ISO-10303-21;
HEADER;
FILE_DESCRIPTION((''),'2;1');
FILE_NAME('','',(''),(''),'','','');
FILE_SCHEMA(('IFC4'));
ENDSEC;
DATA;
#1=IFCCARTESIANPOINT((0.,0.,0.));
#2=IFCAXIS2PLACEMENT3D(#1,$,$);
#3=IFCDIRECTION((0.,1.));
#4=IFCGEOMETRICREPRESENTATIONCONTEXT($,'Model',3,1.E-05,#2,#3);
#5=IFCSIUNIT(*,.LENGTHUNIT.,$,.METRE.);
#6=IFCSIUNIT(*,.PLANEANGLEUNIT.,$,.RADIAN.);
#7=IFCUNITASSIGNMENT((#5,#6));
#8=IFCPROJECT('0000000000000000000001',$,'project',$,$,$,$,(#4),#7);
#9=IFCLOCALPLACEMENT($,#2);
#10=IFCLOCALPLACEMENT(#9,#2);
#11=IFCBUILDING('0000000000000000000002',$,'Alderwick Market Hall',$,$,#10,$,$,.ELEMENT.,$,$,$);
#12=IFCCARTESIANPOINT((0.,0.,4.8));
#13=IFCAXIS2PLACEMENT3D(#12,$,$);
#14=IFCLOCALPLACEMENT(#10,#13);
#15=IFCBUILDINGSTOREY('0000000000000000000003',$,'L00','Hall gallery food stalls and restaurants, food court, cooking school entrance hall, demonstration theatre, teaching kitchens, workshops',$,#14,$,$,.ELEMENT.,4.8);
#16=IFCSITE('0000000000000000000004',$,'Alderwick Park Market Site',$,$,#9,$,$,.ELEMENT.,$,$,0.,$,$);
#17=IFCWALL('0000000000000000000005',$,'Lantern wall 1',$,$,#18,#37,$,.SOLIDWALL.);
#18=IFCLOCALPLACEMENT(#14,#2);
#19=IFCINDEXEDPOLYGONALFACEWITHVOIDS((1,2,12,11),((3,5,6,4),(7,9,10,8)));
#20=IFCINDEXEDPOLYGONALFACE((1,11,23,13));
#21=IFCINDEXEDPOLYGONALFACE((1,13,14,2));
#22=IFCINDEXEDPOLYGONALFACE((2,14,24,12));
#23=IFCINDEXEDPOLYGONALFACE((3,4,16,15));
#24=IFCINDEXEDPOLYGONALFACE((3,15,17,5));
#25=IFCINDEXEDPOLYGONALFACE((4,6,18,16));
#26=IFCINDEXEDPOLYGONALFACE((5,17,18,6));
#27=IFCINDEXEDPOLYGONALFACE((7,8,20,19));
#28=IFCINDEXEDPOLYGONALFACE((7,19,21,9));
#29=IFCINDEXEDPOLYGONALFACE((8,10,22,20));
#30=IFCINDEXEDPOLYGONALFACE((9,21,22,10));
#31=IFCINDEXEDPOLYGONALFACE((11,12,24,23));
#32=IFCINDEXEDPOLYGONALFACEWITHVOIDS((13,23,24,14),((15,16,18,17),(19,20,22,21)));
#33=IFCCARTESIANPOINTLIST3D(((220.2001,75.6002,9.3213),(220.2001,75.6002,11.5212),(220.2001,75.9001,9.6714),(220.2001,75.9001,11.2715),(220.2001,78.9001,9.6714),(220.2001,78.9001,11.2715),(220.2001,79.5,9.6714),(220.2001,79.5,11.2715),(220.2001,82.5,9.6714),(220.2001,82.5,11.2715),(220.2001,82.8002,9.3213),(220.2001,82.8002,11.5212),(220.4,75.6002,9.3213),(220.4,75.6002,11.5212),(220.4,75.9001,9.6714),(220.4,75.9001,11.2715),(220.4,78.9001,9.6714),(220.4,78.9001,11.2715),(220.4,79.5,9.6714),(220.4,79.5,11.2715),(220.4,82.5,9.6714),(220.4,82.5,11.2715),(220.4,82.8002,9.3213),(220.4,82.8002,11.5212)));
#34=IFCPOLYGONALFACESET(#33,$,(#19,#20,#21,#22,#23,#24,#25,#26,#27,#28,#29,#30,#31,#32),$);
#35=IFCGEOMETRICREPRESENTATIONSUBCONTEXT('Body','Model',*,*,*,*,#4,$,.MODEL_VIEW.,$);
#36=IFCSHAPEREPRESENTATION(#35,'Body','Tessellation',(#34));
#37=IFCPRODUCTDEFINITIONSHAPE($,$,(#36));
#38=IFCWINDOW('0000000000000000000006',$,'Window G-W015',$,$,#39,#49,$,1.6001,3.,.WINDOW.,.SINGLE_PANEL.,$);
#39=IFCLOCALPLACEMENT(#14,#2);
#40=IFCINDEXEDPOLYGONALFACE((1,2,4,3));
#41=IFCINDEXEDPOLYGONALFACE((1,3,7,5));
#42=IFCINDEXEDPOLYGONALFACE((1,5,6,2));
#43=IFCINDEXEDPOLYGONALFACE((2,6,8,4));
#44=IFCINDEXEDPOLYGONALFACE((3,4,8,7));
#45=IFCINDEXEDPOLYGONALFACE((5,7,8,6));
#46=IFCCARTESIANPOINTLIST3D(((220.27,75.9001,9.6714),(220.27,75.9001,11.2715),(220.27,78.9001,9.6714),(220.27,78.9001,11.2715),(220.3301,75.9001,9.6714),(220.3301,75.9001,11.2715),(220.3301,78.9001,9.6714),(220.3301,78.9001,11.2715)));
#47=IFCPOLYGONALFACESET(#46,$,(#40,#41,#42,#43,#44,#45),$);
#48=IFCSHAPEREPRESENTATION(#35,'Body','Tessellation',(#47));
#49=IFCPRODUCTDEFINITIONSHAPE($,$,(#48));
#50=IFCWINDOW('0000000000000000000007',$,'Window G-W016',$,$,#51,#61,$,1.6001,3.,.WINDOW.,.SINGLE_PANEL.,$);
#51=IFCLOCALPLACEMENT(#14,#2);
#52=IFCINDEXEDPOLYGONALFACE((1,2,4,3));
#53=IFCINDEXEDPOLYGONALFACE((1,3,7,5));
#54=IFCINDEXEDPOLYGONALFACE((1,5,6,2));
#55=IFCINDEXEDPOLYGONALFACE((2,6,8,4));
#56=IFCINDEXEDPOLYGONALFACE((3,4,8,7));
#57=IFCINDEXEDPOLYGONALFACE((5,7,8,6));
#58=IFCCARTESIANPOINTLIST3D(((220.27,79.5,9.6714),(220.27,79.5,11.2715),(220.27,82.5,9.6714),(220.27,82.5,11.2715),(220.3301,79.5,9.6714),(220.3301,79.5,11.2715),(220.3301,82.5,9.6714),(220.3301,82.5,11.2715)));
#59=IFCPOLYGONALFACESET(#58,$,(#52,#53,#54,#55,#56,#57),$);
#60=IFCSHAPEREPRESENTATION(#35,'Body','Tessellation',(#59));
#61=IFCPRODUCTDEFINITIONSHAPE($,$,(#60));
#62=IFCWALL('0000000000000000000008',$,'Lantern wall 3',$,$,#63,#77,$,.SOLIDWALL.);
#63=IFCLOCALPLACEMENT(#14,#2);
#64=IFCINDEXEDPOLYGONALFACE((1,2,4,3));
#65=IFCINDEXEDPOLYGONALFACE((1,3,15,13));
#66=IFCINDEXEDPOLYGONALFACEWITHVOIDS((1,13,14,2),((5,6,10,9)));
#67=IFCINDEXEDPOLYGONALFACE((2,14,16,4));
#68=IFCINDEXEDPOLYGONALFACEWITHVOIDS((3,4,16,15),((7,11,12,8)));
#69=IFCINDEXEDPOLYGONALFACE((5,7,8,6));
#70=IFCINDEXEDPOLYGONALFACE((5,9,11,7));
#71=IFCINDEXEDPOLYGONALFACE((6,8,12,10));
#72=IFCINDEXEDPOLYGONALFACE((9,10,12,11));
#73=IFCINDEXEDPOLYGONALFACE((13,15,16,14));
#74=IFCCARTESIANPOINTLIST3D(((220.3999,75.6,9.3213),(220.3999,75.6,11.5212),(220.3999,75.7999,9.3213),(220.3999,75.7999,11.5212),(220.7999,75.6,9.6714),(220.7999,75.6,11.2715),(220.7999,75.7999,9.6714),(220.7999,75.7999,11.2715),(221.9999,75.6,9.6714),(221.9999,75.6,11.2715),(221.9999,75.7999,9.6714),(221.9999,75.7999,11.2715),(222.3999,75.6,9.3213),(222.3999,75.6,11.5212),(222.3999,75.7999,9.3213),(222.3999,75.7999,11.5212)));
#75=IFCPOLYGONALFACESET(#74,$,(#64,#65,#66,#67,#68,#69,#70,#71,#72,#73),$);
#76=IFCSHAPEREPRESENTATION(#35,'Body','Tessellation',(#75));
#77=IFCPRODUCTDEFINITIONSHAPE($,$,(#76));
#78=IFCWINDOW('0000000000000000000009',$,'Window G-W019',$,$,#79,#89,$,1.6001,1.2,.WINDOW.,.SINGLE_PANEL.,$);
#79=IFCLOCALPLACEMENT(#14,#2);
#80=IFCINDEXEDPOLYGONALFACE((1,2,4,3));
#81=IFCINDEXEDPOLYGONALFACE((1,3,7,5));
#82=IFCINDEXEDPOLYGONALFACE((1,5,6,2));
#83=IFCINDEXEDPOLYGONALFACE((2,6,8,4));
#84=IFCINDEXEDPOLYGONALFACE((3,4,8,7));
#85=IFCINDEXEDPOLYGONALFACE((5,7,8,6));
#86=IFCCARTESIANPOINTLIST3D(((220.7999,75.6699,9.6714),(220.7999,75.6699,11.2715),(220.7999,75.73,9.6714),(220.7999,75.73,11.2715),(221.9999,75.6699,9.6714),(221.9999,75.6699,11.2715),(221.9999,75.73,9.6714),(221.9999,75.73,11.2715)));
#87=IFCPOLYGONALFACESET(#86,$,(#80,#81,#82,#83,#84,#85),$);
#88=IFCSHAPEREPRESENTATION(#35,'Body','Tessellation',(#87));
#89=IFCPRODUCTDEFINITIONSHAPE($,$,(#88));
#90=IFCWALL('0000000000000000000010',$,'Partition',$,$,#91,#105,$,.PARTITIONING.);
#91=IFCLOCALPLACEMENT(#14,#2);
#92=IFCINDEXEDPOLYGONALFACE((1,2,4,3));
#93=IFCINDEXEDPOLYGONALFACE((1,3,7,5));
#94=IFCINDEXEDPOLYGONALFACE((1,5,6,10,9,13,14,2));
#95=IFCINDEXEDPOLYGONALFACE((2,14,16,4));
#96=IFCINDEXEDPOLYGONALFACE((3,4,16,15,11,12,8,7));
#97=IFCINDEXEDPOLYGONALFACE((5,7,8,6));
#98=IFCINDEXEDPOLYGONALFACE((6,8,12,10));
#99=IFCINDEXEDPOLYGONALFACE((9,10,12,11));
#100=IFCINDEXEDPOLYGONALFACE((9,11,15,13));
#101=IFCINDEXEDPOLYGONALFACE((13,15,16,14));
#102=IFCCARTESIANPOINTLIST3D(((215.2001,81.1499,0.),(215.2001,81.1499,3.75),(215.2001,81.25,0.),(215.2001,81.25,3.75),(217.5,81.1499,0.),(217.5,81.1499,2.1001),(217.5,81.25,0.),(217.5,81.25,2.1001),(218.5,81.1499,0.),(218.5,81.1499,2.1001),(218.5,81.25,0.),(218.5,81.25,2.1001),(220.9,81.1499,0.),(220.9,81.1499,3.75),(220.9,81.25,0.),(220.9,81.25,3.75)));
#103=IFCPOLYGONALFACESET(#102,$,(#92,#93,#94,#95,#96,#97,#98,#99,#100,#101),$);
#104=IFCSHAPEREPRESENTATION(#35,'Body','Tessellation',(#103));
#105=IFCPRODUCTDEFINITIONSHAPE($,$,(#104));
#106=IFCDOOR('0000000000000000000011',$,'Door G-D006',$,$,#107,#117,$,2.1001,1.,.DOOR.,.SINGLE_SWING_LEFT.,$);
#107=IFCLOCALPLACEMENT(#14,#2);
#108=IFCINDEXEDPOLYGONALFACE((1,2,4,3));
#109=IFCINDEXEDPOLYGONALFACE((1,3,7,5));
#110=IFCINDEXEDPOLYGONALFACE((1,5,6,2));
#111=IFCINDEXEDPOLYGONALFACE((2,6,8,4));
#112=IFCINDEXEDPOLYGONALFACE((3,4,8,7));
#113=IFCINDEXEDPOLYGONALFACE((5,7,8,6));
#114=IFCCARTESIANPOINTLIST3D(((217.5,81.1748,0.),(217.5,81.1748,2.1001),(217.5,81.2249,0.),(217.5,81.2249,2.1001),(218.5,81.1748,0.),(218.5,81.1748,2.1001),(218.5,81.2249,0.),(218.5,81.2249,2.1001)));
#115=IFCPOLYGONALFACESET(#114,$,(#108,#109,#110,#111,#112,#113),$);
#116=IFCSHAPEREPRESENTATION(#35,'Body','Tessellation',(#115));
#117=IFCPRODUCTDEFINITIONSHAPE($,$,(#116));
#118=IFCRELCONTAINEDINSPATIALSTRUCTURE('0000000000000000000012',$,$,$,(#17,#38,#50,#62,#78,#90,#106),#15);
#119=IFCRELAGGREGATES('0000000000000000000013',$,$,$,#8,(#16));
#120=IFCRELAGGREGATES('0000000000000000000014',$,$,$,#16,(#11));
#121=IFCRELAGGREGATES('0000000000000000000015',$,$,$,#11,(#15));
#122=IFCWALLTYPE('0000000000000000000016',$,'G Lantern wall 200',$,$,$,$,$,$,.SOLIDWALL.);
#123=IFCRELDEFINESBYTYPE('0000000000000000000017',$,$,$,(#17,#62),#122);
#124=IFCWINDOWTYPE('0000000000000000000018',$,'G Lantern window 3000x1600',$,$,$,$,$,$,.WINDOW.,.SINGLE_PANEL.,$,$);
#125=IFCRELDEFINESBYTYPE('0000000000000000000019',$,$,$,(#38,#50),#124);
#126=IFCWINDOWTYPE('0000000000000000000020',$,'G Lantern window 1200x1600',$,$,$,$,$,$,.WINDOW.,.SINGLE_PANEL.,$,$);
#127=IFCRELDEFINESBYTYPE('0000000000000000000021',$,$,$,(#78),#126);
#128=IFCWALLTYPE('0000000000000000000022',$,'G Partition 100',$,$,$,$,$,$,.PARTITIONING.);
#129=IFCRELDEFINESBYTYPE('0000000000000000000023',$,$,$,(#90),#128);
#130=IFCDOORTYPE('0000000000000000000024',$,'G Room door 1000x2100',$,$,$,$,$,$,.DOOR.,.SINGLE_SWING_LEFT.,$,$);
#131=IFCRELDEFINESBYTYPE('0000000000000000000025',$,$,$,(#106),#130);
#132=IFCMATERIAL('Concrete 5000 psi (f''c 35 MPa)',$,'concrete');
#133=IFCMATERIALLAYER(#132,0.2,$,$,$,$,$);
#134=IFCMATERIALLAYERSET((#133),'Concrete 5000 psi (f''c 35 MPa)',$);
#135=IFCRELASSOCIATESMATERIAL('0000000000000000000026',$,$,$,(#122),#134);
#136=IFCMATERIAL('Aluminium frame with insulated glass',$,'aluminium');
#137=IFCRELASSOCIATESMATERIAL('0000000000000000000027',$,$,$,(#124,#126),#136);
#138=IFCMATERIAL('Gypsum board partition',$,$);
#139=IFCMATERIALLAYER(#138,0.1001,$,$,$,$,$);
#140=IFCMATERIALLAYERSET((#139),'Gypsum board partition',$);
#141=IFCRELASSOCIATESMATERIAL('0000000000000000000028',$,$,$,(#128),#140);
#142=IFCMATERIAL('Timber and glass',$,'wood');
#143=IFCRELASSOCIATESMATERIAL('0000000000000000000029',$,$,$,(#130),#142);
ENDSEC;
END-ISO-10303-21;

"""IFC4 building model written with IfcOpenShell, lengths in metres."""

from ifc_helpers import new_model, si_unit, direction, frame, frame_2d, origin, place, context, subcontext, project, spatial, rectangle, extrude, material, layer, layer_set, type_object, element, fill, save


model = new_model("IFC4")

# Units and contexts
model_context = context("Model", 3, precision=1e-05, world=origin(), true_north=direction((0.0, 1.0)))
body_context = subcontext(model_context, "Body", "Model", "MODEL_VIEW")
ifc_project = project(units=[si_unit("LENGTHUNIT", "METRE"), si_unit("PLANEANGLEUNIT", "RADIAN")], contexts=[model_context])

# Site, building, storey
site_placement = place(None, origin())
site = spatial("IfcSite", under=ifc_project, at=site_placement, Name="Alderwick Park Market Site", CompositionType="ELEMENT", RefElevation=0.0)
building_placement = place(site_placement, origin())
building = spatial("IfcBuilding", under=site, at=building_placement, Name="Alderwick Market Hall", CompositionType="ELEMENT")
storey_placement = place(building_placement, frame((0.0, 0.0, 4.8)))
storey = spatial("IfcBuildingStorey", under=building, at=storey_placement, Name="L00", Description="Hall gallery food stalls and restaurants, food court, cooking school entrance hall, demonstration theatre, teaching kitchens, workshops", CompositionType="ELEMENT", Elevation=4.8)

# Shared definitions
ifc_material_1 = material(Name="Concrete 5000 psi (f'c 35 MPa)", Category="concrete")

# Wall, openings, windows
ifc_layer_1 = layer(ifc_material_1, 0.2)
ifc_layer_set_1 = layer_set([ifc_layer_1], Name="Concrete 5000 psi (f'c 35 MPa)")
wall_type_1 = type_object("IfcWallType", Name="G Lantern wall 200", PredefinedType="SOLIDWALL", material=ifc_layer_set_1)
wall_1_placement = place(storey_placement, frame((220.3, 75.6001, 9.3213), z_axis=(0.0, 0.0, 1.0), x_axis=(0.0, 1.0, 0.0)))
wall_1 = element("IfcWall", 1, at=wall_1_placement, inside=storey, type_object=wall_type_1, Name="Lantern wall 1", PredefinedType="SOLIDWALL", context=body_context, shape_type="SweptSolid", body=[
    extrude(rectangle(XDim=7.2, YDim=0.2, at=frame_2d((3.6001, 0.0))), origin(), (0.0, 0.0, 1.0), 2.2),
])
opening_1_placement = place(wall_1_placement, frame((0.3, 0.0, 0.3501)))
opening_1 = element("IfcOpeningElement", 2, at=opening_1_placement, cuts=wall_1, PredefinedType="OPENING", context=body_context, shape_type="SweptSolid", body=[
    extrude(rectangle(XDim=3.0, YDim=1.6001, at=frame_2d((1.5, 0.8))), frame((0.0, 0.1099, 0.0), z_axis=(0.0, -1.0, 0.0), x_axis=(1.0, 0.0, 0.0)), (0.0, 0.0, 1.0), 0.22),
])
opening_2_placement = place(wall_1_placement, frame((3.8999, 0.0, 0.3501)))
opening_2 = element("IfcOpeningElement", 3, at=opening_2_placement, cuts=wall_1, PredefinedType="OPENING", context=body_context, shape_type="SweptSolid", body=[
    extrude(rectangle(XDim=3.0, YDim=1.6001, at=frame_2d((1.5, 0.8))), frame((0.0, 0.1099, 0.0), z_axis=(0.0, -1.0, 0.0), x_axis=(1.0, 0.0, 0.0)), (0.0, 0.0, 1.0), 0.22),
])
ifc_material_2 = material(Name="Aluminium frame with insulated glass", Category="aluminium")
window_type_1 = type_object("IfcWindowType", Name="G Lantern window 3000x1600", PartitioningType="SINGLE_PANEL", PredefinedType="WINDOW", material=ifc_material_2)
window_1_placement = place(opening_1_placement, origin())
window_1 = element("IfcWindow", 4, at=window_1_placement, inside=storey, type_object=window_type_1, Name="Window G-W015", OverallHeight=1.6001, OverallWidth=3.0, PartitioningType="SINGLE_PANEL", PredefinedType="WINDOW", context=body_context, shape_type="SweptSolid", body=[
    extrude(rectangle(XDim=3.0, YDim=1.6001, at=frame_2d((1.5, 0.8))), frame((0.0, 0.03, 0.0), z_axis=(0.0, -1.0, 0.0), x_axis=(1.0, 0.0, 0.0)), (0.0, 0.0, 1.0), 0.0601),
])
fill(opening_1, window_1)
window_2_placement = place(opening_2_placement, origin())
window_2 = element("IfcWindow", 5, at=window_2_placement, inside=storey, type_object=window_type_1, Name="Window G-W016", OverallHeight=1.6001, OverallWidth=3.0, PartitioningType="SINGLE_PANEL", PredefinedType="WINDOW", context=body_context, shape_type="SweptSolid", body=[
    extrude(rectangle(XDim=3.0, YDim=1.6001, at=frame_2d((1.5, 0.8))), frame((0.0, 0.03, 0.0), z_axis=(0.0, -1.0, 0.0), x_axis=(1.0, 0.0, 0.0)), (0.0, 0.0, 1.0), 0.0601),
])
fill(opening_2, window_2)

# Wall, opening, window
wall_2_placement = place(storey_placement, frame((220.3999, 75.7, 9.3213), z_axis=(0.0, 0.0, 1.0), x_axis=(1.0, 0.0, 0.0)))
wall_2 = element("IfcWall", 6, at=wall_2_placement, inside=storey, type_object=wall_type_1, Name="Lantern wall 3", PredefinedType="SOLIDWALL", context=body_context, shape_type="SweptSolid", body=[
    extrude(rectangle(XDim=2.0, YDim=0.2, at=frame_2d((1.0, 0.0))), origin(), (0.0, 0.0, 1.0), 2.2),
])
opening_3_placement = place(wall_2_placement, frame((0.3999, 0.0, 0.3501)))
opening_3 = element("IfcOpeningElement", 7, at=opening_3_placement, cuts=wall_2, PredefinedType="OPENING", context=body_context, shape_type="SweptSolid", body=[
    extrude(rectangle(XDim=1.2, YDim=1.6001, at=frame_2d((0.6001, 0.8))), frame((0.0, 0.1099, 0.0), z_axis=(0.0, -1.0, 0.0), x_axis=(1.0, 0.0, 0.0)), (0.0, 0.0, 1.0), 0.22),
])
window_type_2 = type_object("IfcWindowType", Name="G Lantern window 1200x1600", PartitioningType="SINGLE_PANEL", PredefinedType="WINDOW", material=ifc_material_2)
window_3_placement = place(opening_3_placement, origin())
window_3 = element("IfcWindow", 8, at=window_3_placement, inside=storey, type_object=window_type_2, Name="Window G-W019", OverallHeight=1.6001, OverallWidth=1.2, PartitioningType="SINGLE_PANEL", PredefinedType="WINDOW", context=body_context, shape_type="SweptSolid", body=[
    extrude(rectangle(XDim=1.2, YDim=1.6001, at=frame_2d((0.6001, 0.8))), frame((0.0, 0.03, 0.0), z_axis=(0.0, -1.0, 0.0), x_axis=(1.0, 0.0, 0.0)), (0.0, 0.0, 1.0), 0.0601),
])
fill(opening_3, window_3)

# Wall, opening, door
ifc_material_3 = material(Name="Gypsum board partition")
ifc_layer_2 = layer(ifc_material_3, 0.1001)
ifc_layer_set_2 = layer_set([ifc_layer_2], Name="Gypsum board partition")
wall_type_2 = type_object("IfcWallType", Name="G Partition 100", PredefinedType="PARTITIONING", material=ifc_layer_set_2)
wall_3_placement = place(storey_placement, frame((215.2, 81.2, 0.0), z_axis=(0.0, 0.0, 1.0), x_axis=(1.0, 0.0, 0.0)))
wall_3 = element("IfcWall", 9, at=wall_3_placement, inside=storey, type_object=wall_type_2, Name="Partition", PredefinedType="PARTITIONING", context=body_context, shape_type="SweptSolid", body=[
    extrude(rectangle(XDim=5.7, YDim=0.1001, at=frame_2d((2.8501, 0.0))), origin(), (0.0, 0.0, 1.0), 3.75),
])
opening_4_placement = place(wall_3_placement, frame((2.3, 0.0, 0.0)))
opening_4 = element("IfcOpeningElement", 10, at=opening_4_placement, cuts=wall_3, PredefinedType="OPENING", context=body_context, shape_type="SweptSolid", body=[
    extrude(rectangle(XDim=1.0, YDim=2.1001, at=frame_2d((0.5, 1.05))), frame((0.0, 0.0601, 0.0), z_axis=(0.0, -1.0, 0.0), x_axis=(1.0, 0.0, 0.0)), (0.0, 0.0, 1.0), 0.1201),
])
ifc_material_4 = material(Name="Timber and glass", Category="wood")
door_type = type_object("IfcDoorType", Name="G Room door 1000x2100", OperationType="SINGLE_SWING_LEFT", PredefinedType="DOOR", material=ifc_material_4)
door_placement = place(opening_4_placement, origin())
door = element("IfcDoor", 11, at=door_placement, inside=storey, type_object=door_type, Name="Door G-D006", OperationType="SINGLE_SWING_LEFT", OverallHeight=2.1001, OverallWidth=1.0, PredefinedType="DOOR", context=body_context, shape_type="SweptSolid", body=[
    extrude(rectangle(XDim=1.0, YDim=2.1001, at=frame_2d((0.5, 1.05))), frame((0.0, 0.0249, 0.0), z_axis=(0.0, -1.0, 0.0), x_axis=(1.0, 0.0, 0.0)), (0.0, 0.0, 1.0), 0.05),
])
fill(opening_4, door)

save(model, "model.ifc")
